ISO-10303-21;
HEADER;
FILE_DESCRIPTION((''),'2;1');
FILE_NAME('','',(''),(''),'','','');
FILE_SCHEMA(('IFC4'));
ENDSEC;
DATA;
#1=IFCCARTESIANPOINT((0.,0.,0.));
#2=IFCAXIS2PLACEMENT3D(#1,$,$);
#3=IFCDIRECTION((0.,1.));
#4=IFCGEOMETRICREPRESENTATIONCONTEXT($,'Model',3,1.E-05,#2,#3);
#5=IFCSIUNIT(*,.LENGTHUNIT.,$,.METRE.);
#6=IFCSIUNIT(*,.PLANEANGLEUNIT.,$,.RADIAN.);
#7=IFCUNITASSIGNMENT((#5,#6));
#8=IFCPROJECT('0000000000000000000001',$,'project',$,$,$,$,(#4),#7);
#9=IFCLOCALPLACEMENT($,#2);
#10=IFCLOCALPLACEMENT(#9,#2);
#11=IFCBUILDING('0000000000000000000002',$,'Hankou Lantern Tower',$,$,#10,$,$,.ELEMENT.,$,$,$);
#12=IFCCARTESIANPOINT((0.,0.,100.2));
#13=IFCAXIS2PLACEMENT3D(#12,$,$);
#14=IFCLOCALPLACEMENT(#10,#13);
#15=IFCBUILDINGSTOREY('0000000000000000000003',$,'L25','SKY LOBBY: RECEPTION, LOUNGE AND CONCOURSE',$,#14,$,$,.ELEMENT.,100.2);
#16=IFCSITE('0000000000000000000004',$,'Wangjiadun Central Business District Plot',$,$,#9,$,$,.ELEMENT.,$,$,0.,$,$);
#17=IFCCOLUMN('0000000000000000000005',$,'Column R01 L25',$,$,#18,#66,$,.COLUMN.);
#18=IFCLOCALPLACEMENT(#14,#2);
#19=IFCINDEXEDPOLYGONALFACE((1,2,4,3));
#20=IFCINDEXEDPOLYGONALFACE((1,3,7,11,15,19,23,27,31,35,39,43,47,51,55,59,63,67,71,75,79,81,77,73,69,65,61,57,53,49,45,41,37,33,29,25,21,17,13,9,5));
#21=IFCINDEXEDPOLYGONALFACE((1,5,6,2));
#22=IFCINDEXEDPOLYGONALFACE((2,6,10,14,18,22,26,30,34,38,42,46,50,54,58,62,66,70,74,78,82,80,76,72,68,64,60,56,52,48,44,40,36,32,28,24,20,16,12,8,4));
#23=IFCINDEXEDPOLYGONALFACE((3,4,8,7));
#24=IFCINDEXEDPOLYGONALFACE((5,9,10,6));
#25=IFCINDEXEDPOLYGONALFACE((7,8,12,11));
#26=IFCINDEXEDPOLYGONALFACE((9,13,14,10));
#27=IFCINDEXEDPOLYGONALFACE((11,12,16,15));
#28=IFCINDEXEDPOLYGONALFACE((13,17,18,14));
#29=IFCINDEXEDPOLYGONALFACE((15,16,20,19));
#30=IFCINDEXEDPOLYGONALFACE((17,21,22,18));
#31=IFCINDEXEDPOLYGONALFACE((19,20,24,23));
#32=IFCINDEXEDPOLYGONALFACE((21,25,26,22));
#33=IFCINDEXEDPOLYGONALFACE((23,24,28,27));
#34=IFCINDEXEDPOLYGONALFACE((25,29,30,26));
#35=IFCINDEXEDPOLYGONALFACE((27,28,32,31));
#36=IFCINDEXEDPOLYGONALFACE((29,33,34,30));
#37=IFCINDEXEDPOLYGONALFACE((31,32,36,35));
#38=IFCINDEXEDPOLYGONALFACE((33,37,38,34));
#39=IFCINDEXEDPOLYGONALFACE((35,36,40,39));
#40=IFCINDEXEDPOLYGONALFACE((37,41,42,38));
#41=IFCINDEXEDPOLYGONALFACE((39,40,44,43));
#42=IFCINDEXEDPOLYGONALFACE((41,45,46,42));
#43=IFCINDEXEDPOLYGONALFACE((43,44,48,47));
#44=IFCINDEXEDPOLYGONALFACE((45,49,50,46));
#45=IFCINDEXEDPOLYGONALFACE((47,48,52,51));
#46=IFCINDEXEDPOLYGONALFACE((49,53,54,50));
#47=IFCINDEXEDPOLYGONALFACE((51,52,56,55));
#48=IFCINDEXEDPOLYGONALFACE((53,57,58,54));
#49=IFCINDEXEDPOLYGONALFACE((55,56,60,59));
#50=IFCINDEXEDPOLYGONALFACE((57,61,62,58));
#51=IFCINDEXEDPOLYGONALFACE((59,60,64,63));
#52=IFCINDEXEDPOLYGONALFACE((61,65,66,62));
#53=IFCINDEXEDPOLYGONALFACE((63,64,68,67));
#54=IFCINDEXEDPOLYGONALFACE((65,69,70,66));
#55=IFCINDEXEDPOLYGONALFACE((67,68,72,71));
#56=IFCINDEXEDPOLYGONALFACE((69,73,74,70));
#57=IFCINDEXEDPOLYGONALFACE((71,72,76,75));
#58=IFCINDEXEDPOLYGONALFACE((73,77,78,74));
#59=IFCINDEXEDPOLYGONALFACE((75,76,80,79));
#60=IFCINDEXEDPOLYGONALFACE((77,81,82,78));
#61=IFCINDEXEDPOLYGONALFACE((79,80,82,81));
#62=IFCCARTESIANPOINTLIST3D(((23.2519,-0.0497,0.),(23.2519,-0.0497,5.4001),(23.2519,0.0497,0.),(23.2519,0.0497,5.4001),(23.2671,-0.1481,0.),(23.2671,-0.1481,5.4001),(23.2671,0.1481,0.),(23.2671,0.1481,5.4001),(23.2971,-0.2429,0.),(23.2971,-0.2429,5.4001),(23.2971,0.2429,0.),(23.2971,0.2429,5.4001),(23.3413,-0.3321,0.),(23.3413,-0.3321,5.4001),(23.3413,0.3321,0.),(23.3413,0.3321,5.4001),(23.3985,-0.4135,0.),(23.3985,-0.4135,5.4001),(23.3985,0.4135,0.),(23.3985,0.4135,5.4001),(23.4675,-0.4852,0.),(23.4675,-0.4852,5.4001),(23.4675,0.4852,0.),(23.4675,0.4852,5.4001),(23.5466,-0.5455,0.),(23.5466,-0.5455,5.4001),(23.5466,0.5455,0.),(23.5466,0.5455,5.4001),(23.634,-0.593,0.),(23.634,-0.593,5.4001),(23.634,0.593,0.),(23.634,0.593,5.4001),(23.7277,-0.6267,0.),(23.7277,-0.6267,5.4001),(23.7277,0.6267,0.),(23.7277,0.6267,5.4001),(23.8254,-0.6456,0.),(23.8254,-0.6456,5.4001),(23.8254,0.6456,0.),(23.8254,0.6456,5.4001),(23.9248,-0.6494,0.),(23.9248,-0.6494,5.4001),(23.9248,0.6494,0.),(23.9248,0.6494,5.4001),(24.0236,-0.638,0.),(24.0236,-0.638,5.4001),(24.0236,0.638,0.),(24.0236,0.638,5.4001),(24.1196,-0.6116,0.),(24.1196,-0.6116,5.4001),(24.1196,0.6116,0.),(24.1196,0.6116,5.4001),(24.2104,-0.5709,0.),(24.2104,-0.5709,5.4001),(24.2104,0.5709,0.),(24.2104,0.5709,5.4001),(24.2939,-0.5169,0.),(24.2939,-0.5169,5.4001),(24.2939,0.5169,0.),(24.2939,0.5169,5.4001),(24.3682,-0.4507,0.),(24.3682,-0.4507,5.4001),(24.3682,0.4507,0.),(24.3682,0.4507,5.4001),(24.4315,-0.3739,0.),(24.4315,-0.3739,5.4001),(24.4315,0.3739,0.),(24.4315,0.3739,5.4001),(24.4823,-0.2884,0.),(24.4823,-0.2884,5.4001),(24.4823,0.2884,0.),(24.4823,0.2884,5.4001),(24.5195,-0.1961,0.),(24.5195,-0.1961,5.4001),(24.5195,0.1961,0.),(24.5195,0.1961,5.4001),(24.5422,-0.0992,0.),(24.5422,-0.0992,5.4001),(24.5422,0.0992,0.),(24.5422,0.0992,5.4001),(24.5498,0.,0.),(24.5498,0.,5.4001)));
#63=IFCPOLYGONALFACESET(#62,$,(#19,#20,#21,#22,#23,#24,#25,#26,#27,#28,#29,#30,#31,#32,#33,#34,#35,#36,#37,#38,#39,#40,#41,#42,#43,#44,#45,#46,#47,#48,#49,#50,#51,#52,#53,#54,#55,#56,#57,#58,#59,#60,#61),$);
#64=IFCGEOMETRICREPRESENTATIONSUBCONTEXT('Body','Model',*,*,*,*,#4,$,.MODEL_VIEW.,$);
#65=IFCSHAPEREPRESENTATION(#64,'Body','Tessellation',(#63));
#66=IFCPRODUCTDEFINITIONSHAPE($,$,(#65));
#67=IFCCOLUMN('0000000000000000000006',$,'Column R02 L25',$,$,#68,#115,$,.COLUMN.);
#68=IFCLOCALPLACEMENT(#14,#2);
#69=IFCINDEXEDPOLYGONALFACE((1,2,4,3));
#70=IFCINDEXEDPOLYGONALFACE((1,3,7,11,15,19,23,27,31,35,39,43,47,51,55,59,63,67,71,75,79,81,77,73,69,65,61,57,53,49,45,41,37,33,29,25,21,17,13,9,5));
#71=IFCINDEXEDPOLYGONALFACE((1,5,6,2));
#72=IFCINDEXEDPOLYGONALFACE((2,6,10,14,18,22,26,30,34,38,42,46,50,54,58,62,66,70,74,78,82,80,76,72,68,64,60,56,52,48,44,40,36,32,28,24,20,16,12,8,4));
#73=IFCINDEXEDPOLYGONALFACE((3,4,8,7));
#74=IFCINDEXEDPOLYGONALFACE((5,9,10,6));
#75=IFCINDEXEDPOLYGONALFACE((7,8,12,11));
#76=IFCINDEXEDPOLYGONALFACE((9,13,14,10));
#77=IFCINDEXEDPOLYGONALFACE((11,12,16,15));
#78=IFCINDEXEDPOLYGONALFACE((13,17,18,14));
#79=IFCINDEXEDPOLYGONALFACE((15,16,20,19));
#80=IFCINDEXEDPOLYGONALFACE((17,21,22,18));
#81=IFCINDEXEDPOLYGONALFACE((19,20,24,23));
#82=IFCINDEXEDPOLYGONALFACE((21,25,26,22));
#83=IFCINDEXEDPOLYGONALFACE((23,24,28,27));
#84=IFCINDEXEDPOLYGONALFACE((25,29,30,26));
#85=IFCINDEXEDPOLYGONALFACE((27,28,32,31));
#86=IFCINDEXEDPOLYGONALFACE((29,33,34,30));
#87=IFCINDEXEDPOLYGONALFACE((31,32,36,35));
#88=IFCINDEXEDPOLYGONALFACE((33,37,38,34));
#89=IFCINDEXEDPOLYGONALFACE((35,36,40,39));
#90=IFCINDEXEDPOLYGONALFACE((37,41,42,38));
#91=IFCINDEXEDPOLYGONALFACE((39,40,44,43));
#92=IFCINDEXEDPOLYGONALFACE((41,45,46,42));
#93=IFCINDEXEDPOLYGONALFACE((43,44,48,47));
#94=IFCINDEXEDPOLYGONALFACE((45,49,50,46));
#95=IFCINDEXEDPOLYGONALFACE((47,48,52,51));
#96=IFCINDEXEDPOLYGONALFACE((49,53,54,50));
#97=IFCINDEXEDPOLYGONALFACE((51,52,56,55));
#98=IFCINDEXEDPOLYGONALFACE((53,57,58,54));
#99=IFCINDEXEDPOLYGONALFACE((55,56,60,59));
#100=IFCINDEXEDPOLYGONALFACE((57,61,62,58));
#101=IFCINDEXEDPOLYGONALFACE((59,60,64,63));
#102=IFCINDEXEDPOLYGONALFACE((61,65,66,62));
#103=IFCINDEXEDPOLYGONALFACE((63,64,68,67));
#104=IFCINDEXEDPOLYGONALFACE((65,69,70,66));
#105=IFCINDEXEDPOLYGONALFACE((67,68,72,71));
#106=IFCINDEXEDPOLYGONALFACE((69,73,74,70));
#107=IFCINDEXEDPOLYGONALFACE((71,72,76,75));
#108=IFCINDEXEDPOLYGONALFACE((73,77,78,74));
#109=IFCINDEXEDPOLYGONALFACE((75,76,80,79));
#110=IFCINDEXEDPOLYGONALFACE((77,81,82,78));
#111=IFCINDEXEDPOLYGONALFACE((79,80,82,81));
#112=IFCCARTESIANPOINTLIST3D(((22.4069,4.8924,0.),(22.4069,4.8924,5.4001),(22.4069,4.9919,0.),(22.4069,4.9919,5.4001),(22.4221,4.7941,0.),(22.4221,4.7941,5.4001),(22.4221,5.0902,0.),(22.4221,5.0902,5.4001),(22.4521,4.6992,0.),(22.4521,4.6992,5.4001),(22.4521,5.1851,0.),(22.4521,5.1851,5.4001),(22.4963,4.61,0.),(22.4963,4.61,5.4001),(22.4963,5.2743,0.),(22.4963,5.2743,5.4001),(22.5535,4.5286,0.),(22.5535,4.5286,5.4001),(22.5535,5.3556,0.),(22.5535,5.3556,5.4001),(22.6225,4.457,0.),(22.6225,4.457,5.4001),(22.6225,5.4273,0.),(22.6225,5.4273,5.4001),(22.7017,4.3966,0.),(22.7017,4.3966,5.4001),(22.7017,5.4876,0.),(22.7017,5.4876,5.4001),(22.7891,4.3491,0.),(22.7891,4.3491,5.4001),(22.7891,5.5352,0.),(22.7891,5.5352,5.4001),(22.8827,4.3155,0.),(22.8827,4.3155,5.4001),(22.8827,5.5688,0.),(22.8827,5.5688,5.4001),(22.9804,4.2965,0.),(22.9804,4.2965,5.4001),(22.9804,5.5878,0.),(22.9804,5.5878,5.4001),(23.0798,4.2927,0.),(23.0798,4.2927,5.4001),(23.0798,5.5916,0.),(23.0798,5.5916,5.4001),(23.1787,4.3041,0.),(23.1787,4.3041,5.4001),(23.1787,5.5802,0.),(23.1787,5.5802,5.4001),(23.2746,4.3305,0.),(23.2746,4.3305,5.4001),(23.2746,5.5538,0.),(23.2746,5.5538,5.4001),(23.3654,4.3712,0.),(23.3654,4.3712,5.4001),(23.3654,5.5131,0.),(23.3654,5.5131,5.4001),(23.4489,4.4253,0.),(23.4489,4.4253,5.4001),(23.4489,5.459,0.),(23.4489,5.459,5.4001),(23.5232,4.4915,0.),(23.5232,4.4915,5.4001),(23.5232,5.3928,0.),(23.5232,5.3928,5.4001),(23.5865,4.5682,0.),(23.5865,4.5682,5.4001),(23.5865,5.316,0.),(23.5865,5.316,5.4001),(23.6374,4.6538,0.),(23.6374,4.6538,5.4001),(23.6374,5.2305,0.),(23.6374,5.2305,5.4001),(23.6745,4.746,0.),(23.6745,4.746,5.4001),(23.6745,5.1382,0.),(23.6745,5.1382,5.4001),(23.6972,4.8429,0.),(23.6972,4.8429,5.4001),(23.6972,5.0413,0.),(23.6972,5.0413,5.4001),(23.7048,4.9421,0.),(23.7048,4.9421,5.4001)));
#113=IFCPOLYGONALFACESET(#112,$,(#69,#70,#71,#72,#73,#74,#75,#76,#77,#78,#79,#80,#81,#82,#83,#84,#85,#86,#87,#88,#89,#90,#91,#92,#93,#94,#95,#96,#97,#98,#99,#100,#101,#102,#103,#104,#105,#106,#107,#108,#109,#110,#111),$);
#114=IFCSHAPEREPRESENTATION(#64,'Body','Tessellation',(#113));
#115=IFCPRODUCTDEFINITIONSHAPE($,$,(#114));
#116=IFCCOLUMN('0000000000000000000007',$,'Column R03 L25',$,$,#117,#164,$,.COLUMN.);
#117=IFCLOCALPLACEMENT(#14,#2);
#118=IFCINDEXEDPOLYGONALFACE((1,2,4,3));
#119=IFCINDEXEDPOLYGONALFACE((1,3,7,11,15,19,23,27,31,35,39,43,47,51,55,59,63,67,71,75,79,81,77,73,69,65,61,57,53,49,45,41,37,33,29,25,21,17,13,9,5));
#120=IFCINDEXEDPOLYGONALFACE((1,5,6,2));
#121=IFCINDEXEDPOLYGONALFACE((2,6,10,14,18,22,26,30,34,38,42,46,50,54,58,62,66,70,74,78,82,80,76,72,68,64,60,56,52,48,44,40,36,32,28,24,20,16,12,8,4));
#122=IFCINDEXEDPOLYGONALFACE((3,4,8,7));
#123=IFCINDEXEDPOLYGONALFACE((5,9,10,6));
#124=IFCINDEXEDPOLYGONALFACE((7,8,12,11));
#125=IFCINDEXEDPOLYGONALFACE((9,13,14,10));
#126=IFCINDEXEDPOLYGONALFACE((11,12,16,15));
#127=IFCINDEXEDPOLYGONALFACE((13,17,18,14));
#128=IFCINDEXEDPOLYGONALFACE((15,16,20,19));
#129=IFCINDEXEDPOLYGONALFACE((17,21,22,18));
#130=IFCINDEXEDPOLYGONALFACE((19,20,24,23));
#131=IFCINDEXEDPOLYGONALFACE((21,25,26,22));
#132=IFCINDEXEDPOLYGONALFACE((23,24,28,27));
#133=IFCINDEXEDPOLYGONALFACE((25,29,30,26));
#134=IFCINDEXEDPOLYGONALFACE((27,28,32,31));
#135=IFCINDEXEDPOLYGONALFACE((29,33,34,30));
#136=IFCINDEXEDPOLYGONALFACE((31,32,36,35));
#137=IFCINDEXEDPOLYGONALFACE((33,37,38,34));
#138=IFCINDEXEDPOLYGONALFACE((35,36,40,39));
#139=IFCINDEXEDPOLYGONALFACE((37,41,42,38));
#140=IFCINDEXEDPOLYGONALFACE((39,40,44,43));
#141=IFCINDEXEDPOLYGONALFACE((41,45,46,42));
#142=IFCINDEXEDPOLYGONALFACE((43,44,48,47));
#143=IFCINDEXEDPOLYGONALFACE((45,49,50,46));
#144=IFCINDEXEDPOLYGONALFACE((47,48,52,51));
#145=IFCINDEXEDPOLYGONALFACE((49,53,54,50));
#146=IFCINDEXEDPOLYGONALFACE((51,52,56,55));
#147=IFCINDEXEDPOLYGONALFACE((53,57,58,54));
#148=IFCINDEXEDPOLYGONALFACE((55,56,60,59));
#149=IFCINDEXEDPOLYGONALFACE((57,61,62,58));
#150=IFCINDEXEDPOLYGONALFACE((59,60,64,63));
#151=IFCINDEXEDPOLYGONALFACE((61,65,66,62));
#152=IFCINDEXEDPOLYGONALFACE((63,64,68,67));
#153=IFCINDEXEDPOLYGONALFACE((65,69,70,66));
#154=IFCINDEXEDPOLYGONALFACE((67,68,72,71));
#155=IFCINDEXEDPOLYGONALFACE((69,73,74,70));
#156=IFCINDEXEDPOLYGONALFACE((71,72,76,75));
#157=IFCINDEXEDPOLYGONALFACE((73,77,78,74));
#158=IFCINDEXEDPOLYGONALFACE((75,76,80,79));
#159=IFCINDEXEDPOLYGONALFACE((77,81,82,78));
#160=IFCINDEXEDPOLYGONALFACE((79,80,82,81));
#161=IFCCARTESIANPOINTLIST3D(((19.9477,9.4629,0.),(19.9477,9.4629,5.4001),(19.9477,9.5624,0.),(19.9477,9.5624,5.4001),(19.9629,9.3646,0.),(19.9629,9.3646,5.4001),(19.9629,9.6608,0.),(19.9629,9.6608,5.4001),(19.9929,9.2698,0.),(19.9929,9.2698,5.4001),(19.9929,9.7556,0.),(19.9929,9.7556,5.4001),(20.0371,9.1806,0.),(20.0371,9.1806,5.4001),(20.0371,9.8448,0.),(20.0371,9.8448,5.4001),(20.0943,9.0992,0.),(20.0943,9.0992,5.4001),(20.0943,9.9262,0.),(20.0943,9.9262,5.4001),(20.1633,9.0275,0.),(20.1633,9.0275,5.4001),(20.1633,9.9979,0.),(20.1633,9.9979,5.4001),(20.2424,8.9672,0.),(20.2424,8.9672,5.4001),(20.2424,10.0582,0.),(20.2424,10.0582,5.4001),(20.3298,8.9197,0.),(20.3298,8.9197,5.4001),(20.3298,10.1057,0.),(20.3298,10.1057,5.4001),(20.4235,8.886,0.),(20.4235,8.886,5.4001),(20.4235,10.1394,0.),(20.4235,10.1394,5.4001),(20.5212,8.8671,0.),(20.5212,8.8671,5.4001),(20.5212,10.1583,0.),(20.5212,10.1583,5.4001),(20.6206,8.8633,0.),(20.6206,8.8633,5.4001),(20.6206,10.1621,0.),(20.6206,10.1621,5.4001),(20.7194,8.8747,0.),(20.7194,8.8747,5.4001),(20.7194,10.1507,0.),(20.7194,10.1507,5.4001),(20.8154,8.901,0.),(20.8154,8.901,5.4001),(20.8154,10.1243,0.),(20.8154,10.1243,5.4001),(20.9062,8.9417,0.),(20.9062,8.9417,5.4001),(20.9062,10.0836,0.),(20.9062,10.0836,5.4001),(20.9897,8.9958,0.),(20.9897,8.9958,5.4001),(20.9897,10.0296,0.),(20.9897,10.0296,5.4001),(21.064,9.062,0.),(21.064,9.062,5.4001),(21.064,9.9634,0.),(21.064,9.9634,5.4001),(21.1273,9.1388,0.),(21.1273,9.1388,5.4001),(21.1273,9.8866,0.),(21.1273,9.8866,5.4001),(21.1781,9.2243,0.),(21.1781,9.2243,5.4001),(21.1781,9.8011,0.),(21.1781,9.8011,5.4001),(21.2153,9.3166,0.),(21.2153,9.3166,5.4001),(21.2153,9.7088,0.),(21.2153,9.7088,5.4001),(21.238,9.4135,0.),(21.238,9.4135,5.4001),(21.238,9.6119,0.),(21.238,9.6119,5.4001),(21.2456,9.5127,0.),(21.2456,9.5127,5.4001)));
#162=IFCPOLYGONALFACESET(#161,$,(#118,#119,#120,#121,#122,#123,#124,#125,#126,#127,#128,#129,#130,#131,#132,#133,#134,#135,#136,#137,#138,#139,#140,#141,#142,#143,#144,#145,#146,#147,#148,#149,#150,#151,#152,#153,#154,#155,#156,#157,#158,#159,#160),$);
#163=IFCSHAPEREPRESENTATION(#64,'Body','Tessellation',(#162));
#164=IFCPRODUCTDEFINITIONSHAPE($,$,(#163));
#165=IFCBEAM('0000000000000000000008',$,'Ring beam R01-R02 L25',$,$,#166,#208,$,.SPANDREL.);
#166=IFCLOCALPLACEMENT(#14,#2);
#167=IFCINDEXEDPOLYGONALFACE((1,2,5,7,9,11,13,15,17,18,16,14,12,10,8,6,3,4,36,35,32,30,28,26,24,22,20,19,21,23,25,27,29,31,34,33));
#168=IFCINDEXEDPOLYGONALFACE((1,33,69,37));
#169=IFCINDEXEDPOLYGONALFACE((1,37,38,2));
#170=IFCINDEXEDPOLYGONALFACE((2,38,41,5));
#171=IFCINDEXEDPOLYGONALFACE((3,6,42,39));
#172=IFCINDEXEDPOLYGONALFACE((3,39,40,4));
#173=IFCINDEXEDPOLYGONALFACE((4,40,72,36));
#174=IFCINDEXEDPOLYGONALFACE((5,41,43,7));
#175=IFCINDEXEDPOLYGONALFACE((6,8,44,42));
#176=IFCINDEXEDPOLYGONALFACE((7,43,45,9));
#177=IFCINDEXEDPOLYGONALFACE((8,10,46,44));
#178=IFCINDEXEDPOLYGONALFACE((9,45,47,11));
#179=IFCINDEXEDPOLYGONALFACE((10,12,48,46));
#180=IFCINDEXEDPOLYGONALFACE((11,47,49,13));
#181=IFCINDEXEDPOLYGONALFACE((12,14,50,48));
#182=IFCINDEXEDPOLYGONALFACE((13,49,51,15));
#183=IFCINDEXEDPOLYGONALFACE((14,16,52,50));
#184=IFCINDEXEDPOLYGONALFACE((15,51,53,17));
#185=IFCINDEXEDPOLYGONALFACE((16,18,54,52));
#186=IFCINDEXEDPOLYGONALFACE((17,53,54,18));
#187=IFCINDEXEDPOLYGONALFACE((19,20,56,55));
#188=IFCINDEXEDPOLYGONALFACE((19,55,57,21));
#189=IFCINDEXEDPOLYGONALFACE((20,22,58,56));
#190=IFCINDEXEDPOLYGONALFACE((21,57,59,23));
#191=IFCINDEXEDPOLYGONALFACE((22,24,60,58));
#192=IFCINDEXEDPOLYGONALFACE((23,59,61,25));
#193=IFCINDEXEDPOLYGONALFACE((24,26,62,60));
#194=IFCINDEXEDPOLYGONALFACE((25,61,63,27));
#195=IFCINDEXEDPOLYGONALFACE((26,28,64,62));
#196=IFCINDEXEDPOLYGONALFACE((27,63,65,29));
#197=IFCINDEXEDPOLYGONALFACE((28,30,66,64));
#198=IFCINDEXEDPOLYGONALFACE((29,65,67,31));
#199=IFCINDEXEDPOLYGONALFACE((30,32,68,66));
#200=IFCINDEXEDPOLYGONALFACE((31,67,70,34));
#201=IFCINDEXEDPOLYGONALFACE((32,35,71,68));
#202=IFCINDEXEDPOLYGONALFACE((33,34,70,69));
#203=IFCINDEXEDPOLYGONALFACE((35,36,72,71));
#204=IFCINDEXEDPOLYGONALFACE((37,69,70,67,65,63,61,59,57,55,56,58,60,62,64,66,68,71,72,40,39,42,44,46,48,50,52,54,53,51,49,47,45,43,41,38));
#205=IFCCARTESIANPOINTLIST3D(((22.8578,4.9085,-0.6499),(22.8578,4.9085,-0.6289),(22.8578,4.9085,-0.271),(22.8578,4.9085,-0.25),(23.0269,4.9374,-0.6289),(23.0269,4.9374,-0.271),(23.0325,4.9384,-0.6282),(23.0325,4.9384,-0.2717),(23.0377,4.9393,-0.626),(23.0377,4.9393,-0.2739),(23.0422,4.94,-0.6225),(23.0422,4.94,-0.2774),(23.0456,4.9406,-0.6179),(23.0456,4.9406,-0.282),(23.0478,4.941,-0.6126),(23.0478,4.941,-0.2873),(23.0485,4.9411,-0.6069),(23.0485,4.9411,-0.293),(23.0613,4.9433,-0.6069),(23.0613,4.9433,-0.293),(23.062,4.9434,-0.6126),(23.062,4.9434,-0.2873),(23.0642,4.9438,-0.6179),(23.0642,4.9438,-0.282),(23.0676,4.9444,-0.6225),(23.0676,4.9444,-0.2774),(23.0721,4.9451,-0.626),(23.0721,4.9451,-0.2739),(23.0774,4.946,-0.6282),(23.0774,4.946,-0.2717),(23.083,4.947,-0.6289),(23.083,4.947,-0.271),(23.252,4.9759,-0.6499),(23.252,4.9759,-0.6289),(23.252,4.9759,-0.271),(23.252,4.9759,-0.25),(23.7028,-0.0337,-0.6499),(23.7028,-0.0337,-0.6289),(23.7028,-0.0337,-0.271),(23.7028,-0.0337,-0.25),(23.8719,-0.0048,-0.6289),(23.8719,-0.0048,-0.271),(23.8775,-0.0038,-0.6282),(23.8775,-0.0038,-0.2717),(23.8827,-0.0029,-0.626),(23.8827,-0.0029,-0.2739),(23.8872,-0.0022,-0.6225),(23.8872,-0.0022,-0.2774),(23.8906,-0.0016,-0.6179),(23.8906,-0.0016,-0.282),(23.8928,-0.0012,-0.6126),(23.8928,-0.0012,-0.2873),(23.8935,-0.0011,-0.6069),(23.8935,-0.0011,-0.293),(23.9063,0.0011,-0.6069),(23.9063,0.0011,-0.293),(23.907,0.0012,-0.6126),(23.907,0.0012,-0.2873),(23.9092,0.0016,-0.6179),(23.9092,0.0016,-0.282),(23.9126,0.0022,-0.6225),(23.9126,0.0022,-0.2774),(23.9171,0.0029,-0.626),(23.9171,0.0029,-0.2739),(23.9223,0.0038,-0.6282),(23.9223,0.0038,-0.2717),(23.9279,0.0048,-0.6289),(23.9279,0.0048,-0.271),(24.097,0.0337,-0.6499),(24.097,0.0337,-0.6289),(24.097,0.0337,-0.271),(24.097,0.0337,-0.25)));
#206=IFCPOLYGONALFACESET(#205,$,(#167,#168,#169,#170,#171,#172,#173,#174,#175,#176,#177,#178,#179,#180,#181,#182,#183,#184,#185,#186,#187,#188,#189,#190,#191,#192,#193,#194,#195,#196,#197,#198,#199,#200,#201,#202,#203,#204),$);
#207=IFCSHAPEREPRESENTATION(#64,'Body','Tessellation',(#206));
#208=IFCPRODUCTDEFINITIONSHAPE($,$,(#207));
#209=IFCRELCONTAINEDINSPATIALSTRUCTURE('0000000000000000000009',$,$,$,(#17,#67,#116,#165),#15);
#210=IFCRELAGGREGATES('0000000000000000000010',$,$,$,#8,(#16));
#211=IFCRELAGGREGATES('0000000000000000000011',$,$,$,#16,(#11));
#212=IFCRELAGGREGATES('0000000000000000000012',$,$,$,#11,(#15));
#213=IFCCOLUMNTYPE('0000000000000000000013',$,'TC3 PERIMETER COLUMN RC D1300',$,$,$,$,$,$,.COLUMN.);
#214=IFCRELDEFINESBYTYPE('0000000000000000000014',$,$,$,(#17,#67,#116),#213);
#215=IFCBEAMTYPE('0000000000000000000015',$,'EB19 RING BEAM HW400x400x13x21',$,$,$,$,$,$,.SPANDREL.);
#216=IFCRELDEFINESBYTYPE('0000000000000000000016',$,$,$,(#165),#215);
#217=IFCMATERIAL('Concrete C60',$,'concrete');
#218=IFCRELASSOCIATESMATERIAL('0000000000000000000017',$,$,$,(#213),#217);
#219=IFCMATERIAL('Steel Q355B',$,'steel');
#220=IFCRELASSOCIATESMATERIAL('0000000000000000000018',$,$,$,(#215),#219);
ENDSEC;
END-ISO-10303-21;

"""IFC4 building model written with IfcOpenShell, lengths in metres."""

from ifc_helpers import new_model, si_unit, direction, frame, origin, origin_2d, place, context, subcontext, project, spatial, circle, i_section, extrude, material, material_profile, profile_set, type_object, element, save


model = new_model("IFC4")

# Units and contexts
model_context = context("Model", 3, precision=1e-05, world=origin(), true_north=direction((0.0, 1.0)))
body_context = subcontext(model_context, "Body", "Model", "MODEL_VIEW")
ifc_project = project(units=[si_unit("LENGTHUNIT", "METRE"), si_unit("PLANEANGLEUNIT", "RADIAN")], contexts=[model_context])

# Site, building, storey
site_placement = place(None, origin())
site = spatial("IfcSite", under=ifc_project, at=site_placement, Name="Wangjiadun Central Business District Plot", CompositionType="ELEMENT", RefElevation=0.0)
building_placement = place(site_placement, origin())
building = spatial("IfcBuilding", under=site, at=building_placement, Name="Hankou Lantern Tower", CompositionType="ELEMENT")
storey_placement = place(building_placement, frame((0.0, 0.0, 100.2)))
storey = spatial("IfcBuildingStorey", under=building, at=storey_placement, Name="L25", Description="SKY LOBBY: RECEPTION, LOUNGE AND CONCOURSE", CompositionType="ELEMENT", Elevation=100.2)

# Columns
ifc_material_1 = material(Name="Concrete C60", Category="concrete")
ifc_material_profile_1 = material_profile(ifc_material_1, circle(Radius=0.6499, at=origin_2d()), Name="RC D1300")
ifc_profile_set_1 = profile_set([ifc_material_profile_1], Name="Concrete C60")
column_type = type_object("IfcColumnType", Name="TC3 PERIMETER COLUMN RC D1300", PredefinedType="COLUMN", material=ifc_profile_set_1)
for number, where, z_axis, x_axis, name in (
    (1, (23.8999, 0.0, 0.0), (0.0, 0.0, 1.0), (1.0, 0.0, 0.0), "Column R01 L25"),
    (2, (23.0549, 4.9421, 0.0), (0.0, 0.0, 1.0), (1.0, 0.0, 0.0), "Column R02 L25"),
    (3, (20.5957, 9.5127, 0.0), (0.0, 0.0, 1.0), (1.0, 0.0, 0.0), "Column R03 L25"),
):
    element("IfcColumn", number, at=place(storey_placement, frame(where, z_axis=z_axis, x_axis=x_axis)), inside=storey, type_object=column_type, Name=name, PredefinedType="COLUMN", context=body_context, shape_type="SweptSolid", body=[
        extrude(circle(Radius=0.6499, at=origin_2d()), origin(), (0.0, 0.0, 1.0), 5.4001),
    ])

# Beam
ifc_material_2 = material(Name="Steel Q355B", Category="steel")
ifc_material_profile_2 = material_profile(ifc_material_2, i_section(OverallWidth=0.3999, OverallDepth=0.3999, WebThickness=0.0129, FlangeThickness=0.021, FilletRadius=0.022, at=origin_2d()), Name="HW400x400x13x21")
ifc_profile_set_2 = profile_set([ifc_material_profile_2], Name="Steel Q355B")
beam_type_1 = type_object("IfcBeamType", Name="EB19 RING BEAM HW400x400x13x21", PredefinedType="SPANDREL", material=ifc_profile_set_2)
beam_1_placement = place(storey_placement, frame((23.8999, 0.0, -0.45), z_axis=(-0.168527, 0.985697, 0.0), x_axis=(-0.985697, -0.168527, 0.0)))
element("IfcBeam", 4, at=beam_1_placement, inside=storey, type_object=beam_type_1, Name="Ring beam R01-R02 L25", PredefinedType="SPANDREL", context=body_context, shape_type="SweptSolid", body=[
    extrude(i_section(OverallWidth=0.3999, OverallDepth=0.3999, WebThickness=0.0129, FlangeThickness=0.021, FilletRadius=0.022, at=origin_2d()), origin(), (0.0, 0.0, 1.0), 5.0139),
])

save(model, "model.ifc")
